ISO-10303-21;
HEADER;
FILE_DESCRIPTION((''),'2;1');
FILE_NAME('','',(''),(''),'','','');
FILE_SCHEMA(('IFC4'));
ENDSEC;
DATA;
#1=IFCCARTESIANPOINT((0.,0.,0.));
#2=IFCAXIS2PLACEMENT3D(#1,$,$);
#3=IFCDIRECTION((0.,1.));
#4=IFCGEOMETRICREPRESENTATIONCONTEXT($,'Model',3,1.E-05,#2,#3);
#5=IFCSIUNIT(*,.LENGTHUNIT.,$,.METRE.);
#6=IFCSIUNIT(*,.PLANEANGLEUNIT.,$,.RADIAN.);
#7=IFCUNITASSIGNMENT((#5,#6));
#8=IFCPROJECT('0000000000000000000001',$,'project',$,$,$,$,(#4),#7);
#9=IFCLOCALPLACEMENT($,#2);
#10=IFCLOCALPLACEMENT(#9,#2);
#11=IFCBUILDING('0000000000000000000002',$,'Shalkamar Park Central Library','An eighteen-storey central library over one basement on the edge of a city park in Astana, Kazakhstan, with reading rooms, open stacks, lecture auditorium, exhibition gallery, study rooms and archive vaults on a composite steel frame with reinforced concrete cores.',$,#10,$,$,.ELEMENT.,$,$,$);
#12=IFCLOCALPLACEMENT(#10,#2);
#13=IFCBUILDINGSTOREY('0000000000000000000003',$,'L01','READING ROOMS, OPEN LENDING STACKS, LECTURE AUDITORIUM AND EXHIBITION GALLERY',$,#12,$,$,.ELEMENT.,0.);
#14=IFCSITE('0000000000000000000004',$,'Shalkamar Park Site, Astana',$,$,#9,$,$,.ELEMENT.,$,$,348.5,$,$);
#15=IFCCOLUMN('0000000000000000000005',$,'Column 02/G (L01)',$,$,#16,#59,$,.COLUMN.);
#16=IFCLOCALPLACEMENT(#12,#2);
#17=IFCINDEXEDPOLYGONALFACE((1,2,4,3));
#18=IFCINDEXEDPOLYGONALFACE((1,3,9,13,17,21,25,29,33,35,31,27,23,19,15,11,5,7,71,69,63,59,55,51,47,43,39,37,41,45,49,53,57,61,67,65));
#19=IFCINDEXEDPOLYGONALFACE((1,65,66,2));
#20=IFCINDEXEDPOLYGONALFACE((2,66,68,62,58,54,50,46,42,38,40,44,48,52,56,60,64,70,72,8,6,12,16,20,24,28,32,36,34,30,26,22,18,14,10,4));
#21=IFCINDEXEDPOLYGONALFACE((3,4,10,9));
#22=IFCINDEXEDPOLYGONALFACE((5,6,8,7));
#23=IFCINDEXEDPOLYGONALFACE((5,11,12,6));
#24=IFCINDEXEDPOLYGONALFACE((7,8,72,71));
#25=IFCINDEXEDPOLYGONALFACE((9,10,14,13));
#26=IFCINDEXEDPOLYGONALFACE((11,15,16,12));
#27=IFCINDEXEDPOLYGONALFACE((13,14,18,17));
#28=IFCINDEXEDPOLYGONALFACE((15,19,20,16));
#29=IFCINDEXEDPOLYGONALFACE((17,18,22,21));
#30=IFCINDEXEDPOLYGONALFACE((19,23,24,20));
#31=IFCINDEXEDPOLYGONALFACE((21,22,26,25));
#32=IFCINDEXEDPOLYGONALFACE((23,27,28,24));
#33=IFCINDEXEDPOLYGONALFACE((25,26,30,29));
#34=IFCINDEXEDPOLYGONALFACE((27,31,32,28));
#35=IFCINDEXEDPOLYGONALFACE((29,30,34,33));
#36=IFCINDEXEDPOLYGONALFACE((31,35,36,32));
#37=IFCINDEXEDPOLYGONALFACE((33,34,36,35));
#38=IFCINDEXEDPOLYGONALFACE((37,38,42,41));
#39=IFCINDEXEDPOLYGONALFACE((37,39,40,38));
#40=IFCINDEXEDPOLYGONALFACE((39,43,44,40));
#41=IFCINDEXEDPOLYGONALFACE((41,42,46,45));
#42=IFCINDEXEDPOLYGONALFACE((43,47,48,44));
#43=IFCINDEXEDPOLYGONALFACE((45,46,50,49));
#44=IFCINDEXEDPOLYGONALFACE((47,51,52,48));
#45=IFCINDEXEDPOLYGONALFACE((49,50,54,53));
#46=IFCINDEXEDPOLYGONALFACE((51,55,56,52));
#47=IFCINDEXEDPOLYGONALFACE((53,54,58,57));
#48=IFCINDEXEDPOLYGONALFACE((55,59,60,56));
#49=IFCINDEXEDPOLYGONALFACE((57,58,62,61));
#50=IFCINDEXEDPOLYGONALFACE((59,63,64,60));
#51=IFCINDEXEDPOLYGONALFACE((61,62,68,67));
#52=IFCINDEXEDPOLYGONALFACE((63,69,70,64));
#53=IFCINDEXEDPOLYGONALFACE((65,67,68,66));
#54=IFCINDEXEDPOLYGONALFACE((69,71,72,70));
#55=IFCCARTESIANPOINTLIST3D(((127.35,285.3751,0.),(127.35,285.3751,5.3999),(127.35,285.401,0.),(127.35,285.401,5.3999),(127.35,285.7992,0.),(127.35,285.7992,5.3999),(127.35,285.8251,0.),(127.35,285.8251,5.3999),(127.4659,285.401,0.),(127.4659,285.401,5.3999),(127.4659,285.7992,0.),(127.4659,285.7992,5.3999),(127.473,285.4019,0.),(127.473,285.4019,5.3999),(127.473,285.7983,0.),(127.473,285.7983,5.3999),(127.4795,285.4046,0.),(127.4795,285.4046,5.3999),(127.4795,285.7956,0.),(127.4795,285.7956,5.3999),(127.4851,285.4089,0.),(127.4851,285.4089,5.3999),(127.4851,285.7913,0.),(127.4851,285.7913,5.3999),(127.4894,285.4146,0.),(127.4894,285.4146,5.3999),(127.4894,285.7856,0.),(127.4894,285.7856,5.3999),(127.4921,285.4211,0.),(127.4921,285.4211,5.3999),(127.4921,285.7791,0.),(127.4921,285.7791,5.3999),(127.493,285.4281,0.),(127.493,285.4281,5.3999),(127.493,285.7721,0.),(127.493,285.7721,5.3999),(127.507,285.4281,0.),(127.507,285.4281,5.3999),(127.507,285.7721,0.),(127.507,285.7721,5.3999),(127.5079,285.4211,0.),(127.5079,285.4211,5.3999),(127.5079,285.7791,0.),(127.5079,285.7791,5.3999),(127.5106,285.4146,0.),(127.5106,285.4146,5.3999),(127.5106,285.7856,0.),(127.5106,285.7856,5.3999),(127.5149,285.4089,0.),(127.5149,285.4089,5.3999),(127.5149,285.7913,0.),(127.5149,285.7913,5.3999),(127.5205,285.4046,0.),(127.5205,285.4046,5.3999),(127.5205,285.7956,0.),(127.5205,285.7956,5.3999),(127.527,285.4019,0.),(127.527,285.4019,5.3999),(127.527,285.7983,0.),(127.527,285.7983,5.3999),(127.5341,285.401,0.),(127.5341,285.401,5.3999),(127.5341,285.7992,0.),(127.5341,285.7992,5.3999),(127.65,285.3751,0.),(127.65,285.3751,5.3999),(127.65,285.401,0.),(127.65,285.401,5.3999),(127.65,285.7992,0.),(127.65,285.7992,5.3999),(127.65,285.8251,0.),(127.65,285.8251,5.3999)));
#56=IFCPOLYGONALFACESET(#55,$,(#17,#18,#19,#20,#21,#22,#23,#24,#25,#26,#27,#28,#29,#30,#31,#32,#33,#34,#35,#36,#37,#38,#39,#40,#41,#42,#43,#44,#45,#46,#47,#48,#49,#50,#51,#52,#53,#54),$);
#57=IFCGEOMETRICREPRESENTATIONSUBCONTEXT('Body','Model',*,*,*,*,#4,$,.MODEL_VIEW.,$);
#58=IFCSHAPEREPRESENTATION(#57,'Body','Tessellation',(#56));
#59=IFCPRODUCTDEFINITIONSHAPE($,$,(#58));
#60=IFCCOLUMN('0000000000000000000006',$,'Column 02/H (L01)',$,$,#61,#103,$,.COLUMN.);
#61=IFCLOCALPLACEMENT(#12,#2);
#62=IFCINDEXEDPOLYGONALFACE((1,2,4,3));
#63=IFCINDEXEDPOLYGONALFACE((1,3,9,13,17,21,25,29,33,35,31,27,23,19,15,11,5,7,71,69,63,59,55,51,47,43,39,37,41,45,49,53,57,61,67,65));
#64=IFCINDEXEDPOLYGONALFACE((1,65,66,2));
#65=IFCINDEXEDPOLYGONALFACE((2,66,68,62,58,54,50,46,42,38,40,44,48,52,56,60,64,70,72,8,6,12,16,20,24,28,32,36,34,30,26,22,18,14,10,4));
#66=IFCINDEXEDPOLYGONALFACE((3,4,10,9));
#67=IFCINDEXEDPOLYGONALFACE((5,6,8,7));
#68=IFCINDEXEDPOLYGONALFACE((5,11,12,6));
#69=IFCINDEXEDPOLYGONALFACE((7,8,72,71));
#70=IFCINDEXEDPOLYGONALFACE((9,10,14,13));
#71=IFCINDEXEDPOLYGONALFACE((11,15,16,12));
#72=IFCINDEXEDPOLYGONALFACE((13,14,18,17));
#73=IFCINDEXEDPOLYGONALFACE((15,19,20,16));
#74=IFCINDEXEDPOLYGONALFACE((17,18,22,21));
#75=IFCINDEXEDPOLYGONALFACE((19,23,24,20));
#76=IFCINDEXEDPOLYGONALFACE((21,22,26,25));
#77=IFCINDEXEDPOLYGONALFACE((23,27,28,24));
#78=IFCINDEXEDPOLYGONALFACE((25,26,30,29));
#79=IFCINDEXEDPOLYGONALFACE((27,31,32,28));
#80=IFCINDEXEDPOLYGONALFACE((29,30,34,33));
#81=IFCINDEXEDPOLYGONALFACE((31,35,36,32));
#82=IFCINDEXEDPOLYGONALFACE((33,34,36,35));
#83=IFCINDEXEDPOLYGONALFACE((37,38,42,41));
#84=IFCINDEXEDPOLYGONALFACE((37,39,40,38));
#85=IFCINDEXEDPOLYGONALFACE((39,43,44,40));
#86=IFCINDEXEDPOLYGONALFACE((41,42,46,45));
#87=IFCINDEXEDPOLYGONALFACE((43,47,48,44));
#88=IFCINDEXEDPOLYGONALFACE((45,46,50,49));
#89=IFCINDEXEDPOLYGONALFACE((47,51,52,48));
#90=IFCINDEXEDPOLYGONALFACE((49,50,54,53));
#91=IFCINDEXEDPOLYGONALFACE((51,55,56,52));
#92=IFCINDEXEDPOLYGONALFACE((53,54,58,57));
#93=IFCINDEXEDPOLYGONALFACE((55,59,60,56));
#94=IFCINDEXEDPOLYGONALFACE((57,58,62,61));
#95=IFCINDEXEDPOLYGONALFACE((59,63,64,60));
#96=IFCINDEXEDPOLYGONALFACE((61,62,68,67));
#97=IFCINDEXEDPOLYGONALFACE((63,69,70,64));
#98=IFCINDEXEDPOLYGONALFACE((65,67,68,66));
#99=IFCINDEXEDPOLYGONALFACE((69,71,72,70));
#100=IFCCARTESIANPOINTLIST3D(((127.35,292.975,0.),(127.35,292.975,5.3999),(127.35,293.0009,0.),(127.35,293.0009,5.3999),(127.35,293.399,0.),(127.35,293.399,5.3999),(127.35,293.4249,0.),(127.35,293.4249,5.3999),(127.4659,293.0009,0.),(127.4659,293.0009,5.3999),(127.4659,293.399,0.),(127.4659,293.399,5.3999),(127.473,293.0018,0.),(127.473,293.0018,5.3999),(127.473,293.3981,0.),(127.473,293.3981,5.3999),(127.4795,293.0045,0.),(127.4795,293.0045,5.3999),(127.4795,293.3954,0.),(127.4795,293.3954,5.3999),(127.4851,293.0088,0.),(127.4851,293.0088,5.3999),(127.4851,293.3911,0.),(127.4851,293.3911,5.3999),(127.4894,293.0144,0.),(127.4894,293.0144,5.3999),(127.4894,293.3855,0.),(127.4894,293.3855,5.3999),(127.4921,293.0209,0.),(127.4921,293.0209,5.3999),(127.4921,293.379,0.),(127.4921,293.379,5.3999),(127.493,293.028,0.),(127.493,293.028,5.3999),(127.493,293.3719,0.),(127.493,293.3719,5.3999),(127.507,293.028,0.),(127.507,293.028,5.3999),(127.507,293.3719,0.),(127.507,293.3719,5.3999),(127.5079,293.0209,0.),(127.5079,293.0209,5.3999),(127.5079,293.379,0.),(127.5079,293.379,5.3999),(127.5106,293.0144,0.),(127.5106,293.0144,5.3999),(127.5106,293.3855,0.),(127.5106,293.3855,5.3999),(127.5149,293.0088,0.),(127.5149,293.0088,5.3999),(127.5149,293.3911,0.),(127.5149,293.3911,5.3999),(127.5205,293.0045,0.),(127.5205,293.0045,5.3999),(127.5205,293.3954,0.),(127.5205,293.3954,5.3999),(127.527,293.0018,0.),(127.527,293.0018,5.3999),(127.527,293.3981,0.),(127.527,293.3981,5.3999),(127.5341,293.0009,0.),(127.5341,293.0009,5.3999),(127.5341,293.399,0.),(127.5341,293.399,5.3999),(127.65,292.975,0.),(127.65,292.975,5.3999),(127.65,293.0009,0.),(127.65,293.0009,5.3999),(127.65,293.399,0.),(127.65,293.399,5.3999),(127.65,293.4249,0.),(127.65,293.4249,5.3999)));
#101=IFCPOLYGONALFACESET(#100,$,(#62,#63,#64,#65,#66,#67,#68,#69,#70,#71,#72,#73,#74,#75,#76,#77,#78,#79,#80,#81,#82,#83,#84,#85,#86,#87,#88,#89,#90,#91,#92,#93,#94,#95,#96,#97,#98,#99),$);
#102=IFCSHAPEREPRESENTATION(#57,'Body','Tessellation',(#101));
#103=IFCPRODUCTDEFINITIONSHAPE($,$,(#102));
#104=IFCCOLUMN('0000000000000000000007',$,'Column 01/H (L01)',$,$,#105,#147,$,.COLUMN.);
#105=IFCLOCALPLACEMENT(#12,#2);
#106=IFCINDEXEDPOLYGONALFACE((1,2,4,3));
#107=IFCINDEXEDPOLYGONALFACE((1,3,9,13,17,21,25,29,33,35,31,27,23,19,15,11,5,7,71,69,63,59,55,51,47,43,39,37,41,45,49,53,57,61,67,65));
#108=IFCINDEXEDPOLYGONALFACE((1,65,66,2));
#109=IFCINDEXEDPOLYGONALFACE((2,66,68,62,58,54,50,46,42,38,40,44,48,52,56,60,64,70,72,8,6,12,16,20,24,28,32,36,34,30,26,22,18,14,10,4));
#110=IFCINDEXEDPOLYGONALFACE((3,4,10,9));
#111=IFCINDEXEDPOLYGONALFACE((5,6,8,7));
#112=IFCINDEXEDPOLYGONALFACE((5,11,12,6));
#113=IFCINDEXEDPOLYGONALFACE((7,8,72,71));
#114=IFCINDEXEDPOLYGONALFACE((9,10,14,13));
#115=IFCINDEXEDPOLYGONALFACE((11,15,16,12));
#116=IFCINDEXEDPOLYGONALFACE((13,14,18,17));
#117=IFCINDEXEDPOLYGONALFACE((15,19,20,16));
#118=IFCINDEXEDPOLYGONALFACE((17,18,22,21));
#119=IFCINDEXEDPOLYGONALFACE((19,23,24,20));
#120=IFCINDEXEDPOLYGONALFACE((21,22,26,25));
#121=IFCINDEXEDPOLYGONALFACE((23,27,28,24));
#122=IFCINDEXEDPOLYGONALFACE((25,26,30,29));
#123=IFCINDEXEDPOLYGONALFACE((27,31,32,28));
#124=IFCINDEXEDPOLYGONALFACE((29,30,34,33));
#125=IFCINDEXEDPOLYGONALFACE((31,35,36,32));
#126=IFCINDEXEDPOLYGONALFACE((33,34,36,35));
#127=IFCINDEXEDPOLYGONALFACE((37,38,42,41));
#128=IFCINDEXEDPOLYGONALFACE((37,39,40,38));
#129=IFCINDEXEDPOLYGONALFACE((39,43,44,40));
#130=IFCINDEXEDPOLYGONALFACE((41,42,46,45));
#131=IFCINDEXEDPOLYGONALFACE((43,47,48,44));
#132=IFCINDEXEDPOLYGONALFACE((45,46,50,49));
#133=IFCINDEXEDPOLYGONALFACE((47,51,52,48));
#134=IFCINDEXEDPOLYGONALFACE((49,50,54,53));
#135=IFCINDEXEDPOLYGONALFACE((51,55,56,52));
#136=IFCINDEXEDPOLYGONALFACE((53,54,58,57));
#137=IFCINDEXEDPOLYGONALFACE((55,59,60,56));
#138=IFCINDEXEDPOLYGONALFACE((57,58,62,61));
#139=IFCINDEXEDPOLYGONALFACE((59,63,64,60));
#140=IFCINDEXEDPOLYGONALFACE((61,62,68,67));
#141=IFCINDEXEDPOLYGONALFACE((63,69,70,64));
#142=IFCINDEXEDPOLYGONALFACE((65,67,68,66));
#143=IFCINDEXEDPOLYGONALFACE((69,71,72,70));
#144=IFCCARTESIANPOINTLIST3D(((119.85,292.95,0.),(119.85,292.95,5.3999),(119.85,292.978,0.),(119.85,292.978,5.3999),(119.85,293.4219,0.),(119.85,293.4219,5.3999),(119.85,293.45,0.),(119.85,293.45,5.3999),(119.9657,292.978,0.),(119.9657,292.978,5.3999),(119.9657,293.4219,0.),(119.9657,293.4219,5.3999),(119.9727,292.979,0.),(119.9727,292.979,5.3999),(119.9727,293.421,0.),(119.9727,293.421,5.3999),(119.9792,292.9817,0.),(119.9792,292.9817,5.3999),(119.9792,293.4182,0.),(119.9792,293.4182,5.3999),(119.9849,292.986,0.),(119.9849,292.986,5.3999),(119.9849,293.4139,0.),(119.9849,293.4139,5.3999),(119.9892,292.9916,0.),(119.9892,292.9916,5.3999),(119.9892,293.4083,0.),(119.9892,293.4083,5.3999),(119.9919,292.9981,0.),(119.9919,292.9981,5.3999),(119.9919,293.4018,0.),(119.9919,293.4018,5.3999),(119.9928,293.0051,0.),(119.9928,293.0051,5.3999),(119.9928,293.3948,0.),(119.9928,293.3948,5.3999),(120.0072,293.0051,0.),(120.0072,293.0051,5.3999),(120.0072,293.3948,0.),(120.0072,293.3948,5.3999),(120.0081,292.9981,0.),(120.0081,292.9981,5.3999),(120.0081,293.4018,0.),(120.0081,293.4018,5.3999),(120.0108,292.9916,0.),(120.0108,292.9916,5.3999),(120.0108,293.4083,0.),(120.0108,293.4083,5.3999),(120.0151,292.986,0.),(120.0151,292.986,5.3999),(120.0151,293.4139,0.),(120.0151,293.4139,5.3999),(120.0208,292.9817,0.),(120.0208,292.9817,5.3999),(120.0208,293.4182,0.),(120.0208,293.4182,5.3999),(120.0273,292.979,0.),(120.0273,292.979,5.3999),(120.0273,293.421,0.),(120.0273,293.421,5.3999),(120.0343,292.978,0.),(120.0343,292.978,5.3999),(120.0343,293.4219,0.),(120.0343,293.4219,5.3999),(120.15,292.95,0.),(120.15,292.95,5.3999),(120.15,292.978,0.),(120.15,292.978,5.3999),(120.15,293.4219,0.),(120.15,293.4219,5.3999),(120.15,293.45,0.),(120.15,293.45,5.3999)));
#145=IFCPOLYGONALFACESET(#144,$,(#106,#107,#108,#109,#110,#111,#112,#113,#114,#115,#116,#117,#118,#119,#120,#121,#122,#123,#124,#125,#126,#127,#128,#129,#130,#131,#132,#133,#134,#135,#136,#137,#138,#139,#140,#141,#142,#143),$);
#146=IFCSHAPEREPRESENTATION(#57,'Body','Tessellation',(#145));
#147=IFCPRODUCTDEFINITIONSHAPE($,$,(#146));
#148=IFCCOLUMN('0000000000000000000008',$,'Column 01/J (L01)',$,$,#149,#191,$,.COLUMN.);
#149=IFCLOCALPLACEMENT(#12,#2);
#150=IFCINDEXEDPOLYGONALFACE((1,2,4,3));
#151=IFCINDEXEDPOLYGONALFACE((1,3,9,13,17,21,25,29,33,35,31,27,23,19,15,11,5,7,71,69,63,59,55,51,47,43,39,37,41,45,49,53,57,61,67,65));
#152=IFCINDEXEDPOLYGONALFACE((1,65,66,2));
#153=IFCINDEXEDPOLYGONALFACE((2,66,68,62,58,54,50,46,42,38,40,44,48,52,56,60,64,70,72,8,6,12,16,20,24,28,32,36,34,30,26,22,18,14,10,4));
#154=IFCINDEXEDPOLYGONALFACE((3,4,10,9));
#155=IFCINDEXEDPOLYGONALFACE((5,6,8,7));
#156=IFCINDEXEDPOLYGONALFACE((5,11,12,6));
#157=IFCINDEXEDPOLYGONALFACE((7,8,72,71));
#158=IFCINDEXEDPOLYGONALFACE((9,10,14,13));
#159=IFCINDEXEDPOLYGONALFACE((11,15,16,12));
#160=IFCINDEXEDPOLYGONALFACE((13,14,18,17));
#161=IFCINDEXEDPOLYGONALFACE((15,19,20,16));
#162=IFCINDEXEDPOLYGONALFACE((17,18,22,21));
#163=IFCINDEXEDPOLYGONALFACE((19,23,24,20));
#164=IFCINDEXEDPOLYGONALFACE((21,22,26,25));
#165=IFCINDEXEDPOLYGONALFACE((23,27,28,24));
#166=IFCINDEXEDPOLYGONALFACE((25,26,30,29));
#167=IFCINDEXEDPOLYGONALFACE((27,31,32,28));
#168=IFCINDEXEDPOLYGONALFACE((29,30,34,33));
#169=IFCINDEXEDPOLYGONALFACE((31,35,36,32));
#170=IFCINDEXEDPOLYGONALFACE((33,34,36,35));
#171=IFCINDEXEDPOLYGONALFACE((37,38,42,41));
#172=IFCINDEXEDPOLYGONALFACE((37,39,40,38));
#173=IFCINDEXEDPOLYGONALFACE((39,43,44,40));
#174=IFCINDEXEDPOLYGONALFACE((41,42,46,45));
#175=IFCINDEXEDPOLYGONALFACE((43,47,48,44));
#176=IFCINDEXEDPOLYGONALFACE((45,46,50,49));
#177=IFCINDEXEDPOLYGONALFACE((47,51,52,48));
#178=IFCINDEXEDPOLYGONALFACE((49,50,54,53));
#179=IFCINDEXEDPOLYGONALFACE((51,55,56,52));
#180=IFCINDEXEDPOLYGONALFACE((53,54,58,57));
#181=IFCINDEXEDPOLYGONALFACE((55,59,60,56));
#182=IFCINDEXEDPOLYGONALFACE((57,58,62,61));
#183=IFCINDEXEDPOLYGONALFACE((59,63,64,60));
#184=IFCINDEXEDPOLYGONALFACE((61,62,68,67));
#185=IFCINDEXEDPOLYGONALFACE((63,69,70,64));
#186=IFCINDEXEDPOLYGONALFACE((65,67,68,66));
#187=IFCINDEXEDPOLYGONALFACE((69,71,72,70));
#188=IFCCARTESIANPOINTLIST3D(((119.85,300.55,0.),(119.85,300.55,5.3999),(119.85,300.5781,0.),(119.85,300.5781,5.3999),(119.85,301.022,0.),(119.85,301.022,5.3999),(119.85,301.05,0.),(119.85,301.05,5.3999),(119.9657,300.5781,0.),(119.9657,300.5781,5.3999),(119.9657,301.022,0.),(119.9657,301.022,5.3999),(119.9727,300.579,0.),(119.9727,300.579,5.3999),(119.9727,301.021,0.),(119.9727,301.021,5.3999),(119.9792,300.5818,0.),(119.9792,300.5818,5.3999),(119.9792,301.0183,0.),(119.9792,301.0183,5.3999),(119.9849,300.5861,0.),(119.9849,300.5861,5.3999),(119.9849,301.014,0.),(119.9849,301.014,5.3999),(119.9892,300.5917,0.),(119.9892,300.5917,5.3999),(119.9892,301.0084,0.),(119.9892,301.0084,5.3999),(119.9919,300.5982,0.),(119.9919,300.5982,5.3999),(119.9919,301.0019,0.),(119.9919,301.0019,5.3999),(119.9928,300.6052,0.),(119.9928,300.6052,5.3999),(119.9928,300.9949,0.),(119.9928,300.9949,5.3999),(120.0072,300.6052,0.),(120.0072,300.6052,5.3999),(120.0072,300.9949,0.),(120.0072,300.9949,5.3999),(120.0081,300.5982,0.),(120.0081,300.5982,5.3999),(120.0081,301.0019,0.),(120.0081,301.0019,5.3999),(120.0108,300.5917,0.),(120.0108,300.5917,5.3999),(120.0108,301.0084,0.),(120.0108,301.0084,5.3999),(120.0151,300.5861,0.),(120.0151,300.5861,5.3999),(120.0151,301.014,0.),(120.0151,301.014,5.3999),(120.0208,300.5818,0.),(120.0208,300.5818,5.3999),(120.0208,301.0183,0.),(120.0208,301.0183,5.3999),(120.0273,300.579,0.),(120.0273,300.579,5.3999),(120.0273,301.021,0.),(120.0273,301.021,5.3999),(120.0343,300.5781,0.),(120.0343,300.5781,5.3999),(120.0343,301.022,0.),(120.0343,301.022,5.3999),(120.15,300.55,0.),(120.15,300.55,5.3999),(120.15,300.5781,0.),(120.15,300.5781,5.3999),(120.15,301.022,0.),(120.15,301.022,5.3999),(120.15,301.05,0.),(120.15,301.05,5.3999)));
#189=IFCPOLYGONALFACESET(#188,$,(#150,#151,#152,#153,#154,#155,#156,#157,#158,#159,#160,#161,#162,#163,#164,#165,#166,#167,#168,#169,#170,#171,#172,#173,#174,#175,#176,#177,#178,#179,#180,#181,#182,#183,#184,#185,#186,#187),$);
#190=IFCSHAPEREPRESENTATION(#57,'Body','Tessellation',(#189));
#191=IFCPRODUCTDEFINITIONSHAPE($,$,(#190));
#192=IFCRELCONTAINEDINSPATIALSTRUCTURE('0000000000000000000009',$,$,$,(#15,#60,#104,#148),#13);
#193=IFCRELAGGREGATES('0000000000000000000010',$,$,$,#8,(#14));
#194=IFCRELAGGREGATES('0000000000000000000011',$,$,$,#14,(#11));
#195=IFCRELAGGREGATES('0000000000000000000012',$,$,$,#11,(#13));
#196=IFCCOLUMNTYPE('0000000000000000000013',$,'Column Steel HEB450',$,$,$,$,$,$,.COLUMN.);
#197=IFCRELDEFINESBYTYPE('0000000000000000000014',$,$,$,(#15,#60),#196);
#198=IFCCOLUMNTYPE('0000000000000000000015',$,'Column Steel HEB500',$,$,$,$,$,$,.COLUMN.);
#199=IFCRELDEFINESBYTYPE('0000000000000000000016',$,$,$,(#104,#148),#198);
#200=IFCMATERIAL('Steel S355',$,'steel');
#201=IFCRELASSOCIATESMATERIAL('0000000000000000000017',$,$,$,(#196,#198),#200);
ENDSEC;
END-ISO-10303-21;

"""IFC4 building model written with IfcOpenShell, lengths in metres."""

from ifc_helpers import new_model, si_unit, direction, frame, origin, origin_2d, place, context, subcontext, project, spatial, i_section, extrude, material, material_profile, profile_set, type_object, element, save


model = new_model("IFC4")

# Units and contexts
model_context = context("Model", 3, precision=1e-05, world=origin(), true_north=direction((0.0, 1.0)))
body_context = subcontext(model_context, "Body", "Model", "MODEL_VIEW")
ifc_project = project(units=[si_unit("LENGTHUNIT", "METRE"), si_unit("PLANEANGLEUNIT", "RADIAN")], contexts=[model_context])

# Site, building, storey
site_placement = place(None, origin())
site = spatial("IfcSite", under=ifc_project, at=site_placement, Name="Shalkamar Park Site, Astana", CompositionType="ELEMENT", RefElevation=348.5)
building_placement = place(site_placement, origin())
building = spatial("IfcBuilding", under=site, at=building_placement, Name="Shalkamar Park Central Library", Description="An eighteen-storey central library over one basement on the edge of a city park in Astana, Kazakhstan, with reading rooms, open stacks, lecture auditorium, exhibition gallery, study rooms and archive vaults on a composite steel frame with reinforced concrete cores.", CompositionType="ELEMENT")
storey_placement = place(building_placement, origin())
storey = spatial("IfcBuildingStorey", under=building, at=storey_placement, Name="L01", Description="READING ROOMS, OPEN LENDING STACKS, LECTURE AUDITORIUM AND EXHIBITION GALLERY", CompositionType="ELEMENT", Elevation=0.0)

# Columns
ifc_material_1 = material(Name="Steel S355", Category="steel")
ifc_material_profile_1 = material_profile(ifc_material_1, i_section(OverallWidth=0.3, OverallDepth=0.45, WebThickness=0.0139, FlangeThickness=0.0259, FilletRadius=0.0271, at=origin_2d()), Name="HEB 450")
ifc_profile_set_1 = profile_set([ifc_material_profile_1], Name="Steel S355")
column_type_1 = type_object("IfcColumnType", Name="Column Steel HEB450", PredefinedType="COLUMN", material=ifc_profile_set_1)
for number, where, z_axis, x_axis, name in (
    (1, (127.5, 285.6001, 0.0), (0.0, 0.0, 1.0), (1.0, 0.0, 0.0), "Column 02/G (L01)"),
    (2, (127.5, 293.2, 0.0), (0.0, 0.0, 1.0), (1.0, 0.0, 0.0), "Column 02/H (L01)"),
):
    element("IfcColumn", number, at=place(storey_placement, frame(where, z_axis=z_axis, x_axis=x_axis)), inside=storey, type_object=column_type_1, Name=name, PredefinedType="COLUMN", context=body_context, shape_type="SweptSolid", body=[
        extrude(i_section(OverallWidth=0.3, OverallDepth=0.45, WebThickness=0.0139, FlangeThickness=0.0259, FilletRadius=0.0271, at=origin_2d()), origin(), (0.0, 0.0, 1.0), 5.3999),
    ])
ifc_material_profile_2 = material_profile(ifc_material_1, i_section(OverallWidth=0.3, OverallDepth=0.5, WebThickness=0.0144, FlangeThickness=0.0281, FilletRadius=0.0271, at=origin_2d()), Name="HEB 500")
ifc_profile_set_2 = profile_set([ifc_material_profile_2], Name="Steel S355")
column_type_2 = type_object("IfcColumnType", Name="Column Steel HEB500", PredefinedType="COLUMN", material=ifc_profile_set_2)
for number, where, z_axis, x_axis, name in (
    (3, (120.0, 293.2, 0.0), (0.0, 0.0, 1.0), (1.0, 0.0, 0.0), "Column 01/H (L01)"),
    (4, (120.0, 300.8, 0.0), (0.0, 0.0, 1.0), (1.0, 0.0, 0.0), "Column 01/J (L01)"),
):
    element("IfcColumn", number, at=place(storey_placement, frame(where, z_axis=z_axis, x_axis=x_axis)), inside=storey, type_object=column_type_2, Name=name, PredefinedType="COLUMN", context=body_context, shape_type="SweptSolid", body=[
        extrude(i_section(OverallWidth=0.3, OverallDepth=0.5, WebThickness=0.0144, FlangeThickness=0.0281, FilletRadius=0.0271, at=origin_2d()), origin(), (0.0, 0.0, 1.0), 5.3999),
    ])

save(model, "model.ifc")
